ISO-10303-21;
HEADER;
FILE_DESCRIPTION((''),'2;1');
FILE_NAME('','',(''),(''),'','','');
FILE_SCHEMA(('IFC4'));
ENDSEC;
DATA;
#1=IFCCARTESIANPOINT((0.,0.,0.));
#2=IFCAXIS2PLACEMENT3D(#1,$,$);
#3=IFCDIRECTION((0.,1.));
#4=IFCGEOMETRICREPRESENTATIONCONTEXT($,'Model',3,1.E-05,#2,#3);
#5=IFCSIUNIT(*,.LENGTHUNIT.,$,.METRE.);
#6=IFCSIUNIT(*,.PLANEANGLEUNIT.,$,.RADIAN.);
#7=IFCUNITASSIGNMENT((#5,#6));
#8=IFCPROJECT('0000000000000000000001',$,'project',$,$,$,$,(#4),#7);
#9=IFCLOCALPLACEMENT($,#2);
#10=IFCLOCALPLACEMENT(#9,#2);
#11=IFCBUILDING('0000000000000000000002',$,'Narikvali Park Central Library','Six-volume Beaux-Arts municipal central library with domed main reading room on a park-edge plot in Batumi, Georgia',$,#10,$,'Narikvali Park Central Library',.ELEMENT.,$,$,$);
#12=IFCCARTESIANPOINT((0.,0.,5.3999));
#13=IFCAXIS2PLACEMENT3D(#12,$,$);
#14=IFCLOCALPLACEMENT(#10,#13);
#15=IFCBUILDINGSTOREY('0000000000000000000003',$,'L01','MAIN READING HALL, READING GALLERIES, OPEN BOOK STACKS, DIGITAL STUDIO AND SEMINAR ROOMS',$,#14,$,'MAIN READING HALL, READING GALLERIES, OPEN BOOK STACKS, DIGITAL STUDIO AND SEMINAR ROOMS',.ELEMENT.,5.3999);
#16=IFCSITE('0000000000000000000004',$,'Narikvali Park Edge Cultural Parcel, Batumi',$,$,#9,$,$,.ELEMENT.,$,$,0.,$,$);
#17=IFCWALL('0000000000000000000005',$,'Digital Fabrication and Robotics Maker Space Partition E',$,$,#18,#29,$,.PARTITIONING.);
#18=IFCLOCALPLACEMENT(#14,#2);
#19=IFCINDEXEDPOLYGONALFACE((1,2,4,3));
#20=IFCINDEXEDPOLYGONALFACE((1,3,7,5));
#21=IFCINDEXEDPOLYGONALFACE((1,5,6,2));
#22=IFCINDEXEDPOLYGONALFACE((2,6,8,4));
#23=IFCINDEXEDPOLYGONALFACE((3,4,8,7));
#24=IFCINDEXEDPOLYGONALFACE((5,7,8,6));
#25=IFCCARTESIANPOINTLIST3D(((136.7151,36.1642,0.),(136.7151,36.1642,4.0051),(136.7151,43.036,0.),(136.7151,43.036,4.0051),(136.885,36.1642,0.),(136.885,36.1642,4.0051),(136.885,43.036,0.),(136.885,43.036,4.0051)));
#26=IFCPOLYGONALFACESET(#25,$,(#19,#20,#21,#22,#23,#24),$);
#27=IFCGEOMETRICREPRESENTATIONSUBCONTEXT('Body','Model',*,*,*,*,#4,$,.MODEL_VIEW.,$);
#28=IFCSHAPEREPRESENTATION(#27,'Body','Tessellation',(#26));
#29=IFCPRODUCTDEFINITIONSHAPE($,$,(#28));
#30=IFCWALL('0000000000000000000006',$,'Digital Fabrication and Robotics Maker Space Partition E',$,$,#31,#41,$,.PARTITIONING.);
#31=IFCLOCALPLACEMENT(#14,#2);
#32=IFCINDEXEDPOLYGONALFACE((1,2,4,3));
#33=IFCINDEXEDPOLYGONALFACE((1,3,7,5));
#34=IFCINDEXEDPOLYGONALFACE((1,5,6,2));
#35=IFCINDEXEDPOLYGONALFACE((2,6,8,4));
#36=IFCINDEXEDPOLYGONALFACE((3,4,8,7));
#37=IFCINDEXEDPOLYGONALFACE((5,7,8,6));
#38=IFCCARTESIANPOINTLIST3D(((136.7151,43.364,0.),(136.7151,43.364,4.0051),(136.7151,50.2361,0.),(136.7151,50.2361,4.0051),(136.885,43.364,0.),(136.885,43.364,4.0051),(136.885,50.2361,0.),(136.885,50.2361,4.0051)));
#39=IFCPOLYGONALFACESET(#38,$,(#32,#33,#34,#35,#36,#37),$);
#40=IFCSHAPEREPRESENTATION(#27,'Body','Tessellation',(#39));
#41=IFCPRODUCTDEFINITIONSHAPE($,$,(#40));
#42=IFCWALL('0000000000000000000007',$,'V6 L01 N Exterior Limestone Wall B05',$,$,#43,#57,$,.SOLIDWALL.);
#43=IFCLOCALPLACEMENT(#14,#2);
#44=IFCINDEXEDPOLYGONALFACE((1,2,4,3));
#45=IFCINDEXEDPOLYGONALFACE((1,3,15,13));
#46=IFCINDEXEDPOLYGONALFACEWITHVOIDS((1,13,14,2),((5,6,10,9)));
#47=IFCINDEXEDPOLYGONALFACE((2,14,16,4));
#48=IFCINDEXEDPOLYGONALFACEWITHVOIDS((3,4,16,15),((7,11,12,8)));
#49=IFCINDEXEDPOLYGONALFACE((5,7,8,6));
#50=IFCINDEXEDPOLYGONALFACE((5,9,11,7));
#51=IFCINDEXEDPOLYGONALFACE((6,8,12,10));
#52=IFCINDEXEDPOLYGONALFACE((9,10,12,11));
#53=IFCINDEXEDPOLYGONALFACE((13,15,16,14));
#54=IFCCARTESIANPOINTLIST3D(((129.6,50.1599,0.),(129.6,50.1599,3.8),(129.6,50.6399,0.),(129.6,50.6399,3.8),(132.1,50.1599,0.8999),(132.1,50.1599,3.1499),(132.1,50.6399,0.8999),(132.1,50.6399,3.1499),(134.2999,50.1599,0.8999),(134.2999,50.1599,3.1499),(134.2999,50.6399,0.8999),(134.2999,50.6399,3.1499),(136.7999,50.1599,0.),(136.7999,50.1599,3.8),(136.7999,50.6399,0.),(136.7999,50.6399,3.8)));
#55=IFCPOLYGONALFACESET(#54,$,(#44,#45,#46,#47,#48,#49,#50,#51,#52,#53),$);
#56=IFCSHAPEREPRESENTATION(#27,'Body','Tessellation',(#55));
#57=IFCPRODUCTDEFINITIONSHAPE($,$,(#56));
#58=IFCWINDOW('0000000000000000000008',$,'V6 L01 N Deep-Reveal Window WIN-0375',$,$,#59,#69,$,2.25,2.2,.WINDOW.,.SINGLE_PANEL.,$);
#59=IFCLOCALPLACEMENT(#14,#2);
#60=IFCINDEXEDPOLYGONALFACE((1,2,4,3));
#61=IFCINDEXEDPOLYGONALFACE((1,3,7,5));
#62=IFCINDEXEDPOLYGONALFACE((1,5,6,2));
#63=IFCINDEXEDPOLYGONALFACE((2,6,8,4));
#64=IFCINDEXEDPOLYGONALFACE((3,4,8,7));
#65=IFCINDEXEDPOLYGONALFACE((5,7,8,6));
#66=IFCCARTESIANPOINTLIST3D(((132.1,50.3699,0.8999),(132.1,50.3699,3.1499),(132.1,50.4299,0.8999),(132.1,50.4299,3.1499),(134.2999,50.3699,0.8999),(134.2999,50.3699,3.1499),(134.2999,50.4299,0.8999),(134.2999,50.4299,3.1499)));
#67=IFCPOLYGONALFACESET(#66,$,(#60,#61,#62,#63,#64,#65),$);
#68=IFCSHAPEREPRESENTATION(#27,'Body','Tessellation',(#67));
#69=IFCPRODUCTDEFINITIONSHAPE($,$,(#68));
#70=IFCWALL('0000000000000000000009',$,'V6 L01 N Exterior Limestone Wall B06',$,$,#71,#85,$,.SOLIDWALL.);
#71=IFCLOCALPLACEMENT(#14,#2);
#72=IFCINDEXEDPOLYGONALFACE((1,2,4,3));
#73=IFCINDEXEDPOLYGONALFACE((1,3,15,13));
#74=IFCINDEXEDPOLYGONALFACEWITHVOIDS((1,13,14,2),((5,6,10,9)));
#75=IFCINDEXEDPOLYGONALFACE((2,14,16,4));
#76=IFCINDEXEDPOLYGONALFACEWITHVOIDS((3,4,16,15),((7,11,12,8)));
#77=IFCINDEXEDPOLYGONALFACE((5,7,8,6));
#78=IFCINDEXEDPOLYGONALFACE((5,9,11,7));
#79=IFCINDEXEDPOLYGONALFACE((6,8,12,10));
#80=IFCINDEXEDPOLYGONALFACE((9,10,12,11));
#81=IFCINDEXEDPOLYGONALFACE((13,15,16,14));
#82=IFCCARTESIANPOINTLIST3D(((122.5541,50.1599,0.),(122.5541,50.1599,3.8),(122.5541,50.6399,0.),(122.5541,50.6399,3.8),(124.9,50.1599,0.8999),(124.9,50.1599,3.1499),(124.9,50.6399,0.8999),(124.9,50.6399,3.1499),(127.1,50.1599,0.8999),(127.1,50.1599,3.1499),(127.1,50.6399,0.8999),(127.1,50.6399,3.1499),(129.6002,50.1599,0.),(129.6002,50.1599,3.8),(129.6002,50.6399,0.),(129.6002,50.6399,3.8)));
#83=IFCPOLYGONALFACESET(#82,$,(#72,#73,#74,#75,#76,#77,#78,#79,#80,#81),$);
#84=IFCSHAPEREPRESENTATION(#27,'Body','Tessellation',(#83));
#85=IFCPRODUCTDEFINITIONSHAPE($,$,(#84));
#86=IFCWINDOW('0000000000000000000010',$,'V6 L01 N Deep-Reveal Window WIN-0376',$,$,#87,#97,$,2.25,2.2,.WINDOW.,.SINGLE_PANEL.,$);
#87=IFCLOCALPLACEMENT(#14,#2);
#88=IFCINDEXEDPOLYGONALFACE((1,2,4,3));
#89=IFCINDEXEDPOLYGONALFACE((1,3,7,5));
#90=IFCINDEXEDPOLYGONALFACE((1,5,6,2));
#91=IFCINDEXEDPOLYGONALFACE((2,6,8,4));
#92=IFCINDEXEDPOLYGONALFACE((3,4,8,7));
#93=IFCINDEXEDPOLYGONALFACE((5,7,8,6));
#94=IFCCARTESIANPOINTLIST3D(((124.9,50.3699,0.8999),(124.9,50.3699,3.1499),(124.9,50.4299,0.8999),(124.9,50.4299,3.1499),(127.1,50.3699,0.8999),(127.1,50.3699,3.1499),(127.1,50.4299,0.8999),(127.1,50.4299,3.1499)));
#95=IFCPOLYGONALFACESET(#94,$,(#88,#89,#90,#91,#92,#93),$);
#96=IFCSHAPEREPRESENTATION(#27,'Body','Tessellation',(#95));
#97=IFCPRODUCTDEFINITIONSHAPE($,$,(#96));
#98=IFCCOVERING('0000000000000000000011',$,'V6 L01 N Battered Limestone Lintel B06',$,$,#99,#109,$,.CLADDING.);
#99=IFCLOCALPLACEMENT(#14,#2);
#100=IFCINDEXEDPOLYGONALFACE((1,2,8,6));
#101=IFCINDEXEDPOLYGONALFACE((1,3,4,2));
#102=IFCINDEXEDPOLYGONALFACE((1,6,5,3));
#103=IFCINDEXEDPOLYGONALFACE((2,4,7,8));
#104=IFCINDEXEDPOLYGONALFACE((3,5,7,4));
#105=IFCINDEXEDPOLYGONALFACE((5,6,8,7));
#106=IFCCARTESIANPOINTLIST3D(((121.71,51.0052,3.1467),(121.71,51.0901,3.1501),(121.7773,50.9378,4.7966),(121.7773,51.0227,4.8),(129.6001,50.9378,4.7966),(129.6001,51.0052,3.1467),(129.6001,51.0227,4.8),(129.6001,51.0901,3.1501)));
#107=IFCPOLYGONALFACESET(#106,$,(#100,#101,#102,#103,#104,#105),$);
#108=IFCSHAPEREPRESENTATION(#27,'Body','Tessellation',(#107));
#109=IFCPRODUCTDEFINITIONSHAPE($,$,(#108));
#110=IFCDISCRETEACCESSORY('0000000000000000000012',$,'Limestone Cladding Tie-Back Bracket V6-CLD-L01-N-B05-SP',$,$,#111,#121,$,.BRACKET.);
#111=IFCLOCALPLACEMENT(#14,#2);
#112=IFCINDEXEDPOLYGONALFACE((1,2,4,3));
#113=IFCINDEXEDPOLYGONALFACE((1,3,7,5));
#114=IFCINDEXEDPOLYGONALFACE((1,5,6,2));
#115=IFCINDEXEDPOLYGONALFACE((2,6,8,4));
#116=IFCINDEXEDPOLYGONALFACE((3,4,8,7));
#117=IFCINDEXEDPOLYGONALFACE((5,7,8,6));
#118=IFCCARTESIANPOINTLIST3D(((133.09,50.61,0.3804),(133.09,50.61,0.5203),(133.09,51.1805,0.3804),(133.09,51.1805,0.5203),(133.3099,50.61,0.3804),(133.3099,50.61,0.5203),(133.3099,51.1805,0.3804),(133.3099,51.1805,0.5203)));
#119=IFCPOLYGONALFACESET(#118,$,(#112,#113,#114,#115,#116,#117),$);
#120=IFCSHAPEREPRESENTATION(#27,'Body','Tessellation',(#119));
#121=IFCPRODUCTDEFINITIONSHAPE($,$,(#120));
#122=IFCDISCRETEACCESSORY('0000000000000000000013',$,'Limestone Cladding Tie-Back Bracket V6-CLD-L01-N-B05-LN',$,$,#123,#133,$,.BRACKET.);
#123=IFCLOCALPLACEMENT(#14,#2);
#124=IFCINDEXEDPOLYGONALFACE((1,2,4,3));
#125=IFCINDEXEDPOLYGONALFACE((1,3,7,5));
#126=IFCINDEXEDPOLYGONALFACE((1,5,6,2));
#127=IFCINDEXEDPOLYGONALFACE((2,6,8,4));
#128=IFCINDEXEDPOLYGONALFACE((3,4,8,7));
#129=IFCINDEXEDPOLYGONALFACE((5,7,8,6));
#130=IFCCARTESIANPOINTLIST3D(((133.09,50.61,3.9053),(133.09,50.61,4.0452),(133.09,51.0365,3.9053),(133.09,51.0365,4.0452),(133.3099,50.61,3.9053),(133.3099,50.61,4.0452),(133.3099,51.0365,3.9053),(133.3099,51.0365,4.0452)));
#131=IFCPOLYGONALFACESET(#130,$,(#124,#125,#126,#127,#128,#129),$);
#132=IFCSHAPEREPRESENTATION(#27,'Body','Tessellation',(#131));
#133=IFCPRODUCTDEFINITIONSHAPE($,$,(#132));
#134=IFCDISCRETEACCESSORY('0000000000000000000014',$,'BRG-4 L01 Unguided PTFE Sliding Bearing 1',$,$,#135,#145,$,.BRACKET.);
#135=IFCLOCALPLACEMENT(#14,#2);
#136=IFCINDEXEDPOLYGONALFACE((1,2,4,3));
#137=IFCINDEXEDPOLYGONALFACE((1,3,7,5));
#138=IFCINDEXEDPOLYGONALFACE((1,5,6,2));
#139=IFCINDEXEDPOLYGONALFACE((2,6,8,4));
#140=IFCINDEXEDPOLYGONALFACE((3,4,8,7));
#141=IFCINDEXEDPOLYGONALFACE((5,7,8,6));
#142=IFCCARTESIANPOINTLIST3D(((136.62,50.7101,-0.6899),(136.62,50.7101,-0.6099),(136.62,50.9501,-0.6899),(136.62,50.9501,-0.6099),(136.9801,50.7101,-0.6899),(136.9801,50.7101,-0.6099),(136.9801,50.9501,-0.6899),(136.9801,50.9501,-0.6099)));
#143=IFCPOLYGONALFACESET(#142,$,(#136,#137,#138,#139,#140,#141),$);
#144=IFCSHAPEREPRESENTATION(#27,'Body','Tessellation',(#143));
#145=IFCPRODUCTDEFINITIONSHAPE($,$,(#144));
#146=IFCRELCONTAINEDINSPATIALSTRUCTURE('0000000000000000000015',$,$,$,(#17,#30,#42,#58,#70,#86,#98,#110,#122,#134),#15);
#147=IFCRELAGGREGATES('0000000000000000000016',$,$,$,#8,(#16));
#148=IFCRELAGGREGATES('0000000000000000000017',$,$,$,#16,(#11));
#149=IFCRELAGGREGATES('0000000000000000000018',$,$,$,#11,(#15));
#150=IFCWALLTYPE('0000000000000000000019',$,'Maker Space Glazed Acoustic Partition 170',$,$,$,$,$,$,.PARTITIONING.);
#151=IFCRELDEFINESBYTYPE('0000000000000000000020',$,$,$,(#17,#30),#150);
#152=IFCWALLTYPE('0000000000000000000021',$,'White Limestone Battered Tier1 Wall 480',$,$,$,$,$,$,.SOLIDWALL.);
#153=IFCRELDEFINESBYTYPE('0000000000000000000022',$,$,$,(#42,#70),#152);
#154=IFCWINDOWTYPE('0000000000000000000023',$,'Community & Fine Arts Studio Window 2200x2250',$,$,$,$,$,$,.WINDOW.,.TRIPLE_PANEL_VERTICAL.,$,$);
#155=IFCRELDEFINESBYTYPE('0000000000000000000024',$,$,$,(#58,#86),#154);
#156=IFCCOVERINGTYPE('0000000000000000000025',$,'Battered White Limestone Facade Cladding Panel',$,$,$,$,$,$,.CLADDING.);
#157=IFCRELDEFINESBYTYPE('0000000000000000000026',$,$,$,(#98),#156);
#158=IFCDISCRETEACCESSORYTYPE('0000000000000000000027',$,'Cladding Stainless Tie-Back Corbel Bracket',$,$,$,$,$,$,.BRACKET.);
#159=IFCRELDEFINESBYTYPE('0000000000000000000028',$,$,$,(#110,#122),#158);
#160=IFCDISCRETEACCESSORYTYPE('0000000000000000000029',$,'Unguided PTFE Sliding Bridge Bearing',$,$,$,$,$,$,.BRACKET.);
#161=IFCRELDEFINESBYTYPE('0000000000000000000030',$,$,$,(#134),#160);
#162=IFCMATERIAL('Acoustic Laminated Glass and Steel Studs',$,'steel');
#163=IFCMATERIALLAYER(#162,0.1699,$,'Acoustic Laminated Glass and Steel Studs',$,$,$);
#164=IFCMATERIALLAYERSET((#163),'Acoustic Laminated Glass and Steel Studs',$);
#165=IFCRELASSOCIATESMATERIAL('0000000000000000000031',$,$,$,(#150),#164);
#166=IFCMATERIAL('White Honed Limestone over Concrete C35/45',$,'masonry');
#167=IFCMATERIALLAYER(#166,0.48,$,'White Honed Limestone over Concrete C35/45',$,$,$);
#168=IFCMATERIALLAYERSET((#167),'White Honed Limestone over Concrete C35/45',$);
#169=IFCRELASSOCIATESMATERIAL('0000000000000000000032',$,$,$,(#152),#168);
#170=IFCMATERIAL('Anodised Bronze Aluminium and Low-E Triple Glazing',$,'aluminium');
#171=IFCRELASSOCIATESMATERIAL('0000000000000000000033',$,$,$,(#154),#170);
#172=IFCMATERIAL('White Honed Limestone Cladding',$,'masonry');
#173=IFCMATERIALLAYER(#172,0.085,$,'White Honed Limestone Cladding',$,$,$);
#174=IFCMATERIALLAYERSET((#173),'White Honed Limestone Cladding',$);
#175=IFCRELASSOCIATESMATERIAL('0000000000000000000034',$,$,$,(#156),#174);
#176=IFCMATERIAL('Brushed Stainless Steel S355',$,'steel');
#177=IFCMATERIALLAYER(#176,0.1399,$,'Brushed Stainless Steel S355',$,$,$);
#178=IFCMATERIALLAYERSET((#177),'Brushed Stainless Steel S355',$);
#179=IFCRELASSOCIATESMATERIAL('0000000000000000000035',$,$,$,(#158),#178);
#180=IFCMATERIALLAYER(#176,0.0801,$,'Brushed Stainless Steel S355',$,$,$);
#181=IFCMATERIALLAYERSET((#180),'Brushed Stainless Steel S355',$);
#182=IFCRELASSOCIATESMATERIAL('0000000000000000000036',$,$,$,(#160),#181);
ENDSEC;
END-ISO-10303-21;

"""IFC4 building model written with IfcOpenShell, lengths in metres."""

from ifc_helpers import new_model, si_unit, direction, frame, frame_2d, origin, origin_2d, place, context, subcontext, project, spatial, polyline, rectangle, outline, extrude, material, layer, layer_set, type_object, element, fill, save


model = new_model("IFC4")

# Units and contexts
model_context = context("Model", 3, precision=1e-05, world=origin(), true_north=direction((0.0, 1.0)))
body_context = subcontext(model_context, "Body", "Model", "MODEL_VIEW")
ifc_project = project(units=[si_unit("LENGTHUNIT", "METRE"), si_unit("PLANEANGLEUNIT", "RADIAN")], contexts=[model_context])

# Site, building, storey
site_placement = place(None, origin())
site = spatial("IfcSite", under=ifc_project, at=site_placement, Name="Narikvali Park Edge Cultural Parcel, Batumi", CompositionType="ELEMENT", RefElevation=0.0)
building_placement = place(site_placement, origin())
building = spatial("IfcBuilding", under=site, at=building_placement, Name="Narikvali Park Central Library", Description="Six-volume Beaux-Arts municipal central library with domed main reading room on a park-edge plot in Batumi, Georgia", LongName="Narikvali Park Central Library", CompositionType="ELEMENT")
storey_placement = place(building_placement, frame((0.0, 0.0, 5.3999)))
storey = spatial("IfcBuildingStorey", under=building, at=storey_placement, Name="L01", Description="MAIN READING HALL, READING GALLERIES, OPEN BOOK STACKS, DIGITAL STUDIO AND SEMINAR ROOMS", LongName="MAIN READING HALL, READING GALLERIES, OPEN BOOK STACKS, DIGITAL STUDIO AND SEMINAR ROOMS", CompositionType="ELEMENT", Elevation=5.3999)

# Walls
ifc_material_1 = material(Name="Acoustic Laminated Glass and Steel Studs", Category="steel")
ifc_layer_1 = layer(ifc_material_1, 0.1699, Name="Acoustic Laminated Glass and Steel Studs")
ifc_layer_set_1 = layer_set([ifc_layer_1], Name="Acoustic Laminated Glass and Steel Studs")
wall_type_1 = type_object("IfcWallType", Name="Maker Space Glazed Acoustic Partition 170", PredefinedType="PARTITIONING", material=ifc_layer_set_1)
wall_1_placement = place(storey_placement, frame((136.8, 36.1641, 0.0), z_axis=(0.0, 0.0, 1.0), x_axis=(0.0, 1.0, 0.0)))
element("IfcWall", 1, at=wall_1_placement, inside=storey, type_object=wall_type_1, Name="Digital Fabrication and Robotics Maker Space Partition E", PredefinedType="PARTITIONING", context=body_context, shape_type="SweptSolid", body=[
    extrude(rectangle(XDim=6.8718, YDim=0.1699, at=frame_2d((3.436, 0.0))), origin(), (0.0, 0.0, 1.0), 4.0051),
])
wall_2_placement = place(storey_placement, frame((136.8, 43.364, 0.0), z_axis=(0.0, 0.0, 1.0), x_axis=(0.0, 1.0, 0.0)))
element("IfcWall", 2, at=wall_2_placement, inside=storey, type_object=wall_type_1, Name="Digital Fabrication and Robotics Maker Space Partition E", PredefinedType="PARTITIONING", context=body_context, shape_type="SweptSolid", body=[
    extrude(rectangle(XDim=6.8721, YDim=0.1699, at=frame_2d((3.436, 0.0))), origin(), (0.0, 0.0, 1.0), 4.0051),
])

# Walls, openings, windows
ifc_material_2 = material(Name="White Honed Limestone over Concrete C35/45", Category="masonry")
ifc_layer_2 = layer(ifc_material_2, 0.48, Name="White Honed Limestone over Concrete C35/45")
ifc_layer_set_2 = layer_set([ifc_layer_2], Name="White Honed Limestone over Concrete C35/45")
wall_type_2 = type_object("IfcWallType", Name="White Limestone Battered Tier1 Wall 480", PredefinedType="SOLIDWALL", material=ifc_layer_set_2)
wall_3_placement = place(storey_placement, frame((136.8, 50.3999, 0.0), z_axis=(0.0, 0.0, 1.0), x_axis=(-1.0, 0.0, 0.0)))
wall_3 = element("IfcWall", 3, at=wall_3_placement, inside=storey, type_object=wall_type_2, Name="V6 L01 N Exterior Limestone Wall B05", PredefinedType="SOLIDWALL", context=body_context, shape_type="SweptSolid", body=[
    extrude(rectangle(XDim=7.2, YDim=0.48, at=frame_2d((3.6001, 0.0))), origin(), (0.0, 0.0, 1.0), 3.8),
])
opening_1_placement = place(wall_3_placement, frame((2.5, 0.0, 0.8999)))
opening_1 = element("IfcOpeningElement", 4, at=opening_1_placement, cuts=wall_3, PredefinedType="OPENING", context=body_context, shape_type="SweptSolid", body=[
    extrude(rectangle(XDim=2.2, YDim=2.25, at=frame_2d((1.1001, 1.125))), frame((0.0, 0.252, 0.0), z_axis=(0.0, -1.0, 0.0), x_axis=(1.0, 0.0, 0.0)), (0.0, 0.0, 1.0), 0.5039),
])
ifc_material_3 = material(Name="Anodised Bronze Aluminium and Low-E Triple Glazing", Category="aluminium")
window_type = type_object("IfcWindowType", Name="Community & Fine Arts Studio Window 2200x2250", PartitioningType="TRIPLE_PANEL_VERTICAL", PredefinedType="WINDOW", material=ifc_material_3)
window_1_placement = place(opening_1_placement, origin())
window_1 = element("IfcWindow", 5, at=window_1_placement, inside=storey, type_object=window_type, Name="V6 L01 N Deep-Reveal Window WIN-0375", OverallHeight=2.25, OverallWidth=2.2, PartitioningType="SINGLE_PANEL", PredefinedType="WINDOW", context=body_context, shape_type="SweptSolid", body=[
    extrude(rectangle(XDim=2.2, YDim=2.25, at=frame_2d((1.1001, 1.125))), frame((0.0, 0.03, 0.0), z_axis=(0.0, -1.0, 0.0), x_axis=(1.0, 0.0, 0.0)), (0.0, 0.0, 1.0), 0.0601),
])
fill(opening_1, window_1)
wall_4_placement = place(storey_placement, frame((129.6001, 50.3999, 0.0), z_axis=(0.0, 0.0, 1.0), x_axis=(-1.0, 0.0, 0.0)))
wall_4 = element("IfcWall", 6, at=wall_4_placement, inside=storey, type_object=wall_type_2, Name="V6 L01 N Exterior Limestone Wall B06", PredefinedType="SOLIDWALL", context=body_context, shape_type="SweptSolid", body=[
    extrude(rectangle(XDim=7.0461, YDim=0.48, at=frame_2d((3.5229, 0.0))), origin(), (0.0, 0.0, 1.0), 3.8),
])
opening_2_placement = place(wall_4_placement, frame((2.5, 0.0, 0.8999)))
opening_2 = element("IfcOpeningElement", 7, at=opening_2_placement, cuts=wall_4, PredefinedType="OPENING", context=body_context, shape_type="SweptSolid", body=[
    extrude(rectangle(XDim=2.2, YDim=2.25, at=frame_2d((1.1001, 1.125))), frame((0.0, 0.252, 0.0), z_axis=(0.0, -1.0, 0.0), x_axis=(1.0, 0.0, 0.0)), (0.0, 0.0, 1.0), 0.5039),
])
window_2_placement = place(opening_2_placement, origin())
window_2 = element("IfcWindow", 8, at=window_2_placement, inside=storey, type_object=window_type, Name="V6 L01 N Deep-Reveal Window WIN-0376", OverallHeight=2.25, OverallWidth=2.2, PartitioningType="SINGLE_PANEL", PredefinedType="WINDOW", context=body_context, shape_type="SweptSolid", body=[
    extrude(rectangle(XDim=2.2, YDim=2.25, at=frame_2d((1.1001, 1.125))), frame((0.0, 0.03, 0.0), z_axis=(0.0, -1.0, 0.0), x_axis=(1.0, 0.0, 0.0)), (0.0, 0.0, 1.0), 0.0601),
])
fill(opening_2, window_2)

# Covering
ifc_material_4 = material(Name="White Honed Limestone Cladding", Category="masonry")
ifc_layer_3 = layer(ifc_material_4, 0.085, Name="White Honed Limestone Cladding")
ifc_layer_set_3 = layer_set([ifc_layer_3], Name="White Honed Limestone Cladding")
covering_type = type_object("IfcCoveringType", Name="Battered White Limestone Facade Cladding Panel", PredefinedType="CLADDING", material=ifc_layer_set_3)
covering_placement = place(storey_placement, frame((129.6001, 51.0901, 3.1501), z_axis=(0.0, 0.999167, 0.040806), x_axis=(-1.0, 0.0, 0.0)))
element("IfcCovering", 9, at=covering_placement, inside=storey, type_object=covering_type, Name="V6 L01 N Battered Limestone Lintel B06", PredefinedType="CLADDING", context=body_context, shape_type="SweptSolid", body=[
    extrude(outline(polyline([(0.0, 0.0), (7.8901, 0.0), (7.8228, 1.6513), (0.0, 1.6513), (0.0, 0.0)])), origin(), (0.0, 0.0, -1.0), 0.085),
])

# Discrete accessories
ifc_material_5 = material(Name="Brushed Stainless Steel S355", Category="steel")
ifc_layer_4 = layer(ifc_material_5, 0.1399, Name="Brushed Stainless Steel S355")
ifc_layer_set_4 = layer_set([ifc_layer_4], Name="Brushed Stainless Steel S355")
discrete_accessory_type_1 = type_object("IfcDiscreteAccessoryType", Name="Cladding Stainless Tie-Back Corbel Bracket", PredefinedType="BRACKET", material=ifc_layer_set_4)
discrete_accessory_1_placement = place(storey_placement, frame((133.2, 50.8953, 0.3804), z_axis=(0.0, 0.0, 1.0), x_axis=(1.0, 0.0, 0.0)))
element("IfcDiscreteAccessory", 10, at=discrete_accessory_1_placement, inside=storey, type_object=discrete_accessory_type_1, Name="Limestone Cladding Tie-Back Bracket V6-CLD-L01-N-B05-SP", PredefinedType="BRACKET", context=body_context, shape_type="SweptSolid", body=[
    extrude(rectangle(XDim=0.22, YDim=0.5706, at=origin_2d()), origin(), (0.0, 0.0, 1.0), 0.1399),
])
discrete_accessory_2_placement = place(storey_placement, frame((133.2, 50.8232, 3.9053), z_axis=(0.0, 0.0, 1.0), x_axis=(1.0, 0.0, 0.0)))
element("IfcDiscreteAccessory", 11, at=discrete_accessory_2_placement, inside=storey, type_object=discrete_accessory_type_1, Name="Limestone Cladding Tie-Back Bracket V6-CLD-L01-N-B05-LN", PredefinedType="BRACKET", context=body_context, shape_type="SweptSolid", body=[
    extrude(rectangle(XDim=0.22, YDim=0.4265, at=origin_2d()), origin(), (0.0, 0.0, 1.0), 0.1399),
])
ifc_layer_5 = layer(ifc_material_5, 0.0801, Name="Brushed Stainless Steel S355")
ifc_layer_set_5 = layer_set([ifc_layer_5], Name="Brushed Stainless Steel S355")
discrete_accessory_type_2 = type_object("IfcDiscreteAccessoryType", Name="Unguided PTFE Sliding Bridge Bearing", PredefinedType="BRACKET", material=ifc_layer_set_5)
discrete_accessory_3_placement = place(storey_placement, frame((136.8, 50.8301, -0.6899), z_axis=(0.0, 0.0, 1.0), x_axis=(1.0, 0.0, 0.0)))
element("IfcDiscreteAccessory", 12, at=discrete_accessory_3_placement, inside=storey, type_object=discrete_accessory_type_2, Name="BRG-4 L01 Unguided PTFE Sliding Bearing 1", PredefinedType="BRACKET", context=body_context, shape_type="SweptSolid", body=[
    extrude(rectangle(XDim=0.3601, YDim=0.24, at=origin_2d()), origin(), (0.0, 0.0, 1.0), 0.0801),
])

save(model, "model.ifc")
